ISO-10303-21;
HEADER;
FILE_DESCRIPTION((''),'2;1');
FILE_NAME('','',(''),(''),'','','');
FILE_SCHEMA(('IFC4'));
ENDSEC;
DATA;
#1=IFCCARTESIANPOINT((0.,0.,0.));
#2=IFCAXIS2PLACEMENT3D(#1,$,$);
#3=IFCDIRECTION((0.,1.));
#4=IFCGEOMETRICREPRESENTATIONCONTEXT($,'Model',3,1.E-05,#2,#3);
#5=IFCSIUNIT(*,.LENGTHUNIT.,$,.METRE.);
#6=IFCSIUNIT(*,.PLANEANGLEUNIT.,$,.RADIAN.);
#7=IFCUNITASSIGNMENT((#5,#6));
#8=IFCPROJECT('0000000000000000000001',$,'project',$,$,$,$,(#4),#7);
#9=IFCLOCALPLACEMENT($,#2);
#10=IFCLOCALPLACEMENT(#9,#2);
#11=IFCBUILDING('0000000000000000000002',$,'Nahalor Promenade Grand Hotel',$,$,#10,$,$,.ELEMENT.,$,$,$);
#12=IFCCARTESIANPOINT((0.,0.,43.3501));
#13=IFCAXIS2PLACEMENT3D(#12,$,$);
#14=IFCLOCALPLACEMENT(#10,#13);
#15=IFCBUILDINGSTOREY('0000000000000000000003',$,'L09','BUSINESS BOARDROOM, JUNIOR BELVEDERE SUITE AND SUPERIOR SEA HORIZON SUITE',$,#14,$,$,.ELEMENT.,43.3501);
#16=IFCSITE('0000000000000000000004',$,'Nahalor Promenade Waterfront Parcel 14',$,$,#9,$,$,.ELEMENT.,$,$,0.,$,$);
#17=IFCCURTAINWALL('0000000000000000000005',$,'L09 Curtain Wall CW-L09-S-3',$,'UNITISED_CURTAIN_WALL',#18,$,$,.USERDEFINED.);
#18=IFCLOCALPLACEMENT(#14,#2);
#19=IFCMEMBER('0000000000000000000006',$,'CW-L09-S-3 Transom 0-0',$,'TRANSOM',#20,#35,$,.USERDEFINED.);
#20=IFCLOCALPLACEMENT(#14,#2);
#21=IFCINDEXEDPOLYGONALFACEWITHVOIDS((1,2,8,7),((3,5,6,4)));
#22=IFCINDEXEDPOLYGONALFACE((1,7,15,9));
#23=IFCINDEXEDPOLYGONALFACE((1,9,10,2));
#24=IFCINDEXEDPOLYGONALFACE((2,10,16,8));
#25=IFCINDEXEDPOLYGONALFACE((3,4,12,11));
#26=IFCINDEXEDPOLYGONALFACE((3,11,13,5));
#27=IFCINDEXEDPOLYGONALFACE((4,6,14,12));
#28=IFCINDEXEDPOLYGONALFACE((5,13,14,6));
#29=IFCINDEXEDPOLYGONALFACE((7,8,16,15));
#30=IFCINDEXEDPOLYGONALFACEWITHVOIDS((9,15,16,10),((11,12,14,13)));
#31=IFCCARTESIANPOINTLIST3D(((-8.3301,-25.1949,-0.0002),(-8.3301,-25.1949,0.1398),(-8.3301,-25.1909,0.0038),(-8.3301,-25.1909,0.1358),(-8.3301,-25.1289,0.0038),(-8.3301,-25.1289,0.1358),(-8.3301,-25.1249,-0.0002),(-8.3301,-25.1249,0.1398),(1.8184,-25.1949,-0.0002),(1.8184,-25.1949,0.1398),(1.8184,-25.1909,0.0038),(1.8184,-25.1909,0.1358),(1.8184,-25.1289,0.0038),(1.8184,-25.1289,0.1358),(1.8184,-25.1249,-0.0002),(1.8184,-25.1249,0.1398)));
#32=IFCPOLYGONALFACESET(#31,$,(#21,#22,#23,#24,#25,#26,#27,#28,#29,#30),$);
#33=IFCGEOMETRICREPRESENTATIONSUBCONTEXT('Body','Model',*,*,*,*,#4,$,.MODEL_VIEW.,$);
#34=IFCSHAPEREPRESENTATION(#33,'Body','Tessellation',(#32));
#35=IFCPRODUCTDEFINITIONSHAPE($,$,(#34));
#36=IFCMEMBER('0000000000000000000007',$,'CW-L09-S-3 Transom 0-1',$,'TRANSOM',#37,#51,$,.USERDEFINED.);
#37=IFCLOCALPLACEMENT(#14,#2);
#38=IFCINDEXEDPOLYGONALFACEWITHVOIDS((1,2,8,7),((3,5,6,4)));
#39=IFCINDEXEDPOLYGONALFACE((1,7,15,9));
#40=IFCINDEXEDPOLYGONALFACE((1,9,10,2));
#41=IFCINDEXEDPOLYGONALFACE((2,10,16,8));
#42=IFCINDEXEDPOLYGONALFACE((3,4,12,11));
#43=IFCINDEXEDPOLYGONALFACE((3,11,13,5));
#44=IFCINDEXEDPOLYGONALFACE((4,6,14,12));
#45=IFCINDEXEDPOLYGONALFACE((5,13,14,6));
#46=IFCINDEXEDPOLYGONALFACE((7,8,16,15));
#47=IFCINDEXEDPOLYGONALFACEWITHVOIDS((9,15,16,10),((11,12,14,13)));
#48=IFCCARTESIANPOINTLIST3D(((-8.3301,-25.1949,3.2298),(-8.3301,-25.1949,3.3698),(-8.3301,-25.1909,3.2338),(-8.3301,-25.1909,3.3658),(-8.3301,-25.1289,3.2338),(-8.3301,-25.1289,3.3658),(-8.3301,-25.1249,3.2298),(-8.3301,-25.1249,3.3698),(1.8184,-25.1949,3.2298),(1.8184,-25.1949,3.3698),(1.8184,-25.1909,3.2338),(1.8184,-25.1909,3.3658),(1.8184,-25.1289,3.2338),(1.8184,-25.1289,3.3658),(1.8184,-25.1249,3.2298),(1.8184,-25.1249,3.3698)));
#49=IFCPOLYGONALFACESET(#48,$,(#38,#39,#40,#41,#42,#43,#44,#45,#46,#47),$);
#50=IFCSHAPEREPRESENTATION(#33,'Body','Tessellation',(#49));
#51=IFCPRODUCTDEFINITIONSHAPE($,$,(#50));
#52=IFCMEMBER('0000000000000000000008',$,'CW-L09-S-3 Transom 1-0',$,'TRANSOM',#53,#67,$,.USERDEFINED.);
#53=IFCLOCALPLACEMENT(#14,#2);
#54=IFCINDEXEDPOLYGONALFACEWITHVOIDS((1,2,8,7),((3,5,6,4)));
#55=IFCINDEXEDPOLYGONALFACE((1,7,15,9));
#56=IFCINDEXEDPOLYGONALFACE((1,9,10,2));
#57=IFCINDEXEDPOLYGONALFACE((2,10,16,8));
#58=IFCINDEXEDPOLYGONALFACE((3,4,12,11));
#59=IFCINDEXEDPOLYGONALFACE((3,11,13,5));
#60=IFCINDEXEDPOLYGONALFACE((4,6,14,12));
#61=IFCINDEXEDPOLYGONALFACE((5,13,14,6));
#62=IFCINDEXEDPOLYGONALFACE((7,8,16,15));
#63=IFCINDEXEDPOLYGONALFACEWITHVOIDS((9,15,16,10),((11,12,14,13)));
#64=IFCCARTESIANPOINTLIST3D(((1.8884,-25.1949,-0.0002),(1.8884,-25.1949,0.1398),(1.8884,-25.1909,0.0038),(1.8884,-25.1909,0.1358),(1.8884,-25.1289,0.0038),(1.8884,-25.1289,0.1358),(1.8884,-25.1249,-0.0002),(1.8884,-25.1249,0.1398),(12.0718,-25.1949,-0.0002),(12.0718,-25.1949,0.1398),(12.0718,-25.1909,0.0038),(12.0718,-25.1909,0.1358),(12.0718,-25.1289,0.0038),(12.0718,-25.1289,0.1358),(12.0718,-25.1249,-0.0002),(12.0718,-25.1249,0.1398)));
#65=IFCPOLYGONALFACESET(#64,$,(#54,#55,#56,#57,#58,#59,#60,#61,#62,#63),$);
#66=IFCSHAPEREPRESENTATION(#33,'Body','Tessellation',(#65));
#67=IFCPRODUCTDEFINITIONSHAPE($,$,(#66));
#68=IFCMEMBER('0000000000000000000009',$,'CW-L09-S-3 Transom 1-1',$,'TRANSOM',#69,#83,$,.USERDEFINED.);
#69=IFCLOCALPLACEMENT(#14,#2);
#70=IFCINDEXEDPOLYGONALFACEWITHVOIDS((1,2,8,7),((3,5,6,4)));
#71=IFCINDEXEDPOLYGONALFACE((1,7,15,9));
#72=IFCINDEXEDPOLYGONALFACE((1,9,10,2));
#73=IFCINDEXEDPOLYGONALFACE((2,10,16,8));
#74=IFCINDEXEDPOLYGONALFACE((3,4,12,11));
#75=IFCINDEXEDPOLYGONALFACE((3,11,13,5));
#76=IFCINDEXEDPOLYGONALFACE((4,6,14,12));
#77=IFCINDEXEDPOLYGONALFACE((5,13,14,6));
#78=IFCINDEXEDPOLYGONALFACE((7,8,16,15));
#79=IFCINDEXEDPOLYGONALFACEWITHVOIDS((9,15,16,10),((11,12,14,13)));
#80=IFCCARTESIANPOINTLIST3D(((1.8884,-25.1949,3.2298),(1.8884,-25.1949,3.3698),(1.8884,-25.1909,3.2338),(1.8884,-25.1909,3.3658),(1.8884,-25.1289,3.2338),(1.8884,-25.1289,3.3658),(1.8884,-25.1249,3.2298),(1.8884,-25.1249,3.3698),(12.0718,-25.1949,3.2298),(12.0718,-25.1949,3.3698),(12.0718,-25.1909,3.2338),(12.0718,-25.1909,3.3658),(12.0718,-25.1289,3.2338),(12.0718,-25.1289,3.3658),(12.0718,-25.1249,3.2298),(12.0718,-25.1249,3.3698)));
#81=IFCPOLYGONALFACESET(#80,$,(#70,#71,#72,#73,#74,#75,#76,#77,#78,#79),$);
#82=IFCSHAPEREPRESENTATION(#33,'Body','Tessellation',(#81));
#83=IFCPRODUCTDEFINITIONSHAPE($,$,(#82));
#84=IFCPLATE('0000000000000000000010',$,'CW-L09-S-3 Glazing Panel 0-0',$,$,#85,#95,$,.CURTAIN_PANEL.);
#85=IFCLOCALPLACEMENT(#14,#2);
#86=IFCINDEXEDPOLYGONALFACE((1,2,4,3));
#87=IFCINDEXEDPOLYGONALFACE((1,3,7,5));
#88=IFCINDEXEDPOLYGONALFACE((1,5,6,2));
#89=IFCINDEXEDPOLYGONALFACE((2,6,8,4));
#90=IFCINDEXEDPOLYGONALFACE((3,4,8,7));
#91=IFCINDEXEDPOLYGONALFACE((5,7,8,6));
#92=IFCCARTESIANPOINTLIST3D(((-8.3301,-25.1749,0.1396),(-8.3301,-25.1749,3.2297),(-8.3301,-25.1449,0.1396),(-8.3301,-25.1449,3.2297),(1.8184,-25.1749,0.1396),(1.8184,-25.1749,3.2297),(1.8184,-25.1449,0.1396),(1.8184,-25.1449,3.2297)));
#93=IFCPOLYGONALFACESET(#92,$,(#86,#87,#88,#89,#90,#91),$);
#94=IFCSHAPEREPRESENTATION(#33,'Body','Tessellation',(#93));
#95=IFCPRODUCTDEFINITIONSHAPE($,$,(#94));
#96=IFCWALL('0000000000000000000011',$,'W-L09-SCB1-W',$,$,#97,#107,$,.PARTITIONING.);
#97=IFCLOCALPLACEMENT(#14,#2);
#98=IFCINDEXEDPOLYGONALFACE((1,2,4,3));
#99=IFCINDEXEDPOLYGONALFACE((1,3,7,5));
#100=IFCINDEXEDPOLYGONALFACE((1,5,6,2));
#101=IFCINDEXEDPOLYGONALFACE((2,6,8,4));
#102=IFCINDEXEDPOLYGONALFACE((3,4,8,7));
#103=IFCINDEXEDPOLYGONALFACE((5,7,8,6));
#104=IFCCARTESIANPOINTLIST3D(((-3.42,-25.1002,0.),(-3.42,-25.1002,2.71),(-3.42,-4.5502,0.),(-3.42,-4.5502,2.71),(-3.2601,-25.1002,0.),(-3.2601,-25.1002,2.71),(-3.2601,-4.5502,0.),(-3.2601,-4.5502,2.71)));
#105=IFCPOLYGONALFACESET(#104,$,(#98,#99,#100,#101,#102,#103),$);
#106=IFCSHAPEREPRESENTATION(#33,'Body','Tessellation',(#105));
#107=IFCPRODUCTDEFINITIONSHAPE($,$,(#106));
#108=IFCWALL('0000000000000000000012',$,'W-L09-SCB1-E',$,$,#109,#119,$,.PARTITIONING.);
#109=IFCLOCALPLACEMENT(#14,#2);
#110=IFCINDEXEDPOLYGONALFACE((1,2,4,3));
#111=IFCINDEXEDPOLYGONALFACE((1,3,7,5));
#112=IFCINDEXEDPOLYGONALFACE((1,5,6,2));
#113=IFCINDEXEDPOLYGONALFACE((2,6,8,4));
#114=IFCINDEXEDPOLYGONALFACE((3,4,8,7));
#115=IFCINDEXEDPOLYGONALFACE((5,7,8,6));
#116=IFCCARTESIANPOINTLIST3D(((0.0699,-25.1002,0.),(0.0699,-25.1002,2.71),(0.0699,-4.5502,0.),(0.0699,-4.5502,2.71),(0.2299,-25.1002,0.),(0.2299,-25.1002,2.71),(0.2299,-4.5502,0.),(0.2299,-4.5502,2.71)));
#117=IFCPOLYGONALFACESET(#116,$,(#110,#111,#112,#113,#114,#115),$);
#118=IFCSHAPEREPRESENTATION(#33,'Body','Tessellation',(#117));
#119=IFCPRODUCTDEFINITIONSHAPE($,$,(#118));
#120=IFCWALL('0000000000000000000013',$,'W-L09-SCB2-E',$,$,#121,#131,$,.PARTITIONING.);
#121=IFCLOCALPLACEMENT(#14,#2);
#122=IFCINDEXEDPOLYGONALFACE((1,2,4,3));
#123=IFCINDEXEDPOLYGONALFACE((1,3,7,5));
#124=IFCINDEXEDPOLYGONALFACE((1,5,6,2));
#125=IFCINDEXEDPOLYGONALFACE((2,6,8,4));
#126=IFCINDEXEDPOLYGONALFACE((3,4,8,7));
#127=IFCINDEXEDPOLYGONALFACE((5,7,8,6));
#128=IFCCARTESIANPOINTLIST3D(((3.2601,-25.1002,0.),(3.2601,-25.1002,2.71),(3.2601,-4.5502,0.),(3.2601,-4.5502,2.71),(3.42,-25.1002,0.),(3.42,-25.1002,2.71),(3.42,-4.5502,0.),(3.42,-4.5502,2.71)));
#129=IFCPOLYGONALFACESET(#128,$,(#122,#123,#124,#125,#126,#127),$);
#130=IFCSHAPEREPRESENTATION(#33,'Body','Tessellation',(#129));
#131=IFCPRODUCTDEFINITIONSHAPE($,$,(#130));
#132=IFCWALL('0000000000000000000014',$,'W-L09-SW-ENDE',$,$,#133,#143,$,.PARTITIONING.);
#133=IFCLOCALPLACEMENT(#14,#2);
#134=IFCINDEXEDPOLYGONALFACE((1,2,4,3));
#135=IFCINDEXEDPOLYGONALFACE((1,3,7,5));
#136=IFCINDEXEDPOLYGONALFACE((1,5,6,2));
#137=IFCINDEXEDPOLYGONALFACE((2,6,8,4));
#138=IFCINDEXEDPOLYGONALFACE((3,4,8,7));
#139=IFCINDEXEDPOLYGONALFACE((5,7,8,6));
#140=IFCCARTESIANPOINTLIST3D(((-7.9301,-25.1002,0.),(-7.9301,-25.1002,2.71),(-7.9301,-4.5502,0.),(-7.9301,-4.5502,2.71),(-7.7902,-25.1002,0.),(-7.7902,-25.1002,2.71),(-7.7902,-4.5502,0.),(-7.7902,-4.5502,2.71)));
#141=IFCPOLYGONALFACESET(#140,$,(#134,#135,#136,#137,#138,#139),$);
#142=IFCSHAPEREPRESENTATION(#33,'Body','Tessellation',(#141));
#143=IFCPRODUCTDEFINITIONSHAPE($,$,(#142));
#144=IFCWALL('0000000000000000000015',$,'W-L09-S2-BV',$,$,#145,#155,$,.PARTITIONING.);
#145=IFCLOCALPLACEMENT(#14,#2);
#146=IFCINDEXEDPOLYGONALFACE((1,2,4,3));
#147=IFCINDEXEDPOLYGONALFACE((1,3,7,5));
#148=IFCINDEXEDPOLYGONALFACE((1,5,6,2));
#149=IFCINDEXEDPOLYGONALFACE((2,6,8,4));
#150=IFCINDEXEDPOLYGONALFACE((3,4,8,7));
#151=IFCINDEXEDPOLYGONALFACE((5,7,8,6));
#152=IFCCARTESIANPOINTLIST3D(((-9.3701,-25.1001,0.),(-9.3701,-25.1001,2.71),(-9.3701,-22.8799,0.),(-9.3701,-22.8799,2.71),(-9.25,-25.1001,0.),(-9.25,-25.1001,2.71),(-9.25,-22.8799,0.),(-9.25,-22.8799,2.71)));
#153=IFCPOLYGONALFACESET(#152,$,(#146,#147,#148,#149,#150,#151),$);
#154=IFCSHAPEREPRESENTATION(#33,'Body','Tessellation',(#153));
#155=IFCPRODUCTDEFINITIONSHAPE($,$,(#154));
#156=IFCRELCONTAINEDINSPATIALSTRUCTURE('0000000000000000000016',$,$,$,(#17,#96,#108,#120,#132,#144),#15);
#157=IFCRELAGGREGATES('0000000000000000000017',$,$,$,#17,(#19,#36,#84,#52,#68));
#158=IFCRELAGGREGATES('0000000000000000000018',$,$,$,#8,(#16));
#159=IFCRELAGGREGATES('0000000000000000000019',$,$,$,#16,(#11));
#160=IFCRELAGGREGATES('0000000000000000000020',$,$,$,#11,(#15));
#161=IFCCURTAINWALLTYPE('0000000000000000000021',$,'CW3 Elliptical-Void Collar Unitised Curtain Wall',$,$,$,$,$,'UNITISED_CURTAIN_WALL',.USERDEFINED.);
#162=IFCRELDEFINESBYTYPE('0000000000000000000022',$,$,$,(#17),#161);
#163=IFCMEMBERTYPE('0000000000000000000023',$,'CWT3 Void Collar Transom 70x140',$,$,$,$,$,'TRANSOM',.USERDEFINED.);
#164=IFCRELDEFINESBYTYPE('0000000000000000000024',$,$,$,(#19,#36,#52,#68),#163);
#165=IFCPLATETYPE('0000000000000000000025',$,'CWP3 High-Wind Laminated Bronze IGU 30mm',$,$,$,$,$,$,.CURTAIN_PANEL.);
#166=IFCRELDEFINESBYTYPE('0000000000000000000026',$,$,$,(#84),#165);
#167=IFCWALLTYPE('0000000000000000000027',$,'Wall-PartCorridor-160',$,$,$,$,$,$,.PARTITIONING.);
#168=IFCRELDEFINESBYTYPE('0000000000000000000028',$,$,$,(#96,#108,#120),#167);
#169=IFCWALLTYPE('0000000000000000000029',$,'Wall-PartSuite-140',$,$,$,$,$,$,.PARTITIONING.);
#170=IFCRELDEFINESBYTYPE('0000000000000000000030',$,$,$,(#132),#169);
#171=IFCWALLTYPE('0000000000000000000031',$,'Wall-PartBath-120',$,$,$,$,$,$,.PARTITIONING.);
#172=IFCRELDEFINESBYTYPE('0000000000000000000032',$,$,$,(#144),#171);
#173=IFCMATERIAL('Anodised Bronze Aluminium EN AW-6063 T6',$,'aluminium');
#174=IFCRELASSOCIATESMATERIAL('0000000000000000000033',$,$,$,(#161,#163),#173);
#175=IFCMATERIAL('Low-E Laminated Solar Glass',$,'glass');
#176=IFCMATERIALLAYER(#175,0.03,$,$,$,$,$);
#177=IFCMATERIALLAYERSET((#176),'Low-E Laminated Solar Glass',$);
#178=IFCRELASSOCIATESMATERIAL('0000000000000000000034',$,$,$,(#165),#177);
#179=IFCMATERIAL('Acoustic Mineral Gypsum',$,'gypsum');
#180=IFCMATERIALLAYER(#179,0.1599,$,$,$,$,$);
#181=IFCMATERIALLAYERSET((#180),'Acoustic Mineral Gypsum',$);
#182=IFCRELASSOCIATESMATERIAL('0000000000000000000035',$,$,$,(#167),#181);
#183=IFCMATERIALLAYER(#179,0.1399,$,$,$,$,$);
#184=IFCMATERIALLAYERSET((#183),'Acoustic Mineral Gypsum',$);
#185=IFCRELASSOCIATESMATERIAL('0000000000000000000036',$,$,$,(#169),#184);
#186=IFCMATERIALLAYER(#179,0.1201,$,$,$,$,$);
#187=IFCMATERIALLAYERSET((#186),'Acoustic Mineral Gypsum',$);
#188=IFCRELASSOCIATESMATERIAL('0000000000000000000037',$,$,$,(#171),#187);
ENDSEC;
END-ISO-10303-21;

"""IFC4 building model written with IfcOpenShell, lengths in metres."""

from ifc_helpers import new_model, si_unit, direction, frame, frame_2d, origin, origin_2d, place, context, subcontext, project, spatial, rectangle, hollow_rectangle, extrude, source, transform, mapped, material, layer, layer_set, material_profile, profile_set, type_object, element, aggregate, save


model = new_model("IFC4")

# Units and contexts
model_context = context("Model", 3, precision=1e-05, world=origin(), true_north=direction((0.0, 1.0)))
body_context = subcontext(model_context, "Body", "Model", "MODEL_VIEW")
ifc_project = project(units=[si_unit("LENGTHUNIT", "METRE"), si_unit("PLANEANGLEUNIT", "RADIAN")], contexts=[model_context])

# Site, building, storey
site_placement = place(None, origin())
site = spatial("IfcSite", under=ifc_project, at=site_placement, Name="Nahalor Promenade Waterfront Parcel 14", CompositionType="ELEMENT", RefElevation=0.0)
building_placement = place(site_placement, origin())
building = spatial("IfcBuilding", under=site, at=building_placement, Name="Nahalor Promenade Grand Hotel", CompositionType="ELEMENT")
storey_placement = place(building_placement, frame((0.0, 0.0, 43.3501)))
storey = spatial("IfcBuildingStorey", under=building, at=storey_placement, Name="L09", Description="BUSINESS BOARDROOM, JUNIOR BELVEDERE SUITE AND SUPERIOR SEA HORIZON SUITE", CompositionType="ELEMENT", Elevation=43.3501)

# Curtain wall, members, plate
ifc_material_1 = material(Name="Anodised Bronze Aluminium EN AW-6063 T6", Category="aluminium")
curtain_wall_type = type_object("IfcCurtainWallType", Name="CW3 Elliptical-Void Collar Unitised Curtain Wall", ElementType="UNITISED_CURTAIN_WALL", PredefinedType="USERDEFINED", material=ifc_material_1)
curtain_wall_placement = place(storey_placement, origin())
curtain_wall = element("IfcCurtainWall", 1, at=curtain_wall_placement, inside=storey, type_object=curtain_wall_type, Name="L09 Curtain Wall CW-L09-S-3", ObjectType="UNITISED_CURTAIN_WALL", PredefinedType="USERDEFINED")
ifc_material_profile_1 = material_profile(ifc_material_1, hollow_rectangle(XDim=0.07, YDim=0.14, WallThickness=0.004, at=origin_2d()), Name="CWT 70x140x4")
ifc_profile_set_1 = profile_set([ifc_material_profile_1], Name="Anodised Bronze Aluminium EN AW-6063 T6")
member_type_1 = type_object("IfcMemberType", Name="CWT3 Void Collar Transom 70x140", ElementType="TRANSOM", PredefinedType="USERDEFINED", material=ifc_profile_set_1)
shared_shape_1 = source(origin(), body_context, "Body", "SweptSolid", [
    extrude(hollow_rectangle(XDim=0.07, YDim=0.14, WallThickness=0.004, at=origin_2d()), origin(), (0.0, 0.0, 1.0), 10.1484),
])
member_1_placement = place(storey_placement, frame((-8.3301, -25.1599, 0.0698), z_axis=(1.0, 0.0, 0.0), x_axis=(0.0, 1.0, 0.0)))
member_1 = element("IfcMember", 2, at=member_1_placement, type_object=member_type_1, Name="CW-L09-S-3 Transom 0-0", ObjectType="TRANSOM", PredefinedType="USERDEFINED", context=body_context, shape_type="MappedRepresentation", body=[
    mapped(shared_shape_1, transform((0.0, 0.0, 0.0), scale=1.0)),
])
member_2_placement = place(storey_placement, frame((-8.3301, -25.1599, 3.2998), z_axis=(1.0, 0.0, 0.0), x_axis=(0.0, 1.0, 0.0)))
member_2 = element("IfcMember", 3, at=member_2_placement, type_object=member_type_1, Name="CW-L09-S-3 Transom 0-1", ObjectType="TRANSOM", PredefinedType="USERDEFINED", context=body_context, shape_type="MappedRepresentation", body=[
    mapped(shared_shape_1, transform((0.0, 0.0, 0.0), scale=1.0)),
])
shared_shape_2 = source(origin(), body_context, "Body", "SweptSolid", [
    extrude(hollow_rectangle(XDim=0.07, YDim=0.14, WallThickness=0.004, at=origin_2d()), origin(), (0.0, 0.0, 1.0), 10.1833),
])
member_3_placement = place(storey_placement, frame((1.8884, -25.1599, 0.0698), z_axis=(1.0, 0.0, 0.0), x_axis=(0.0, 1.0, 0.0)))
member_3 = element("IfcMember", 4, at=member_3_placement, type_object=member_type_1, Name="CW-L09-S-3 Transom 1-0", ObjectType="TRANSOM", PredefinedType="USERDEFINED", context=body_context, shape_type="MappedRepresentation", body=[
    mapped(shared_shape_2, transform((0.0, 0.0, 0.0), scale=1.0)),
])
member_4_placement = place(storey_placement, frame((1.8884, -25.1599, 3.2998), z_axis=(1.0, 0.0, 0.0), x_axis=(0.0, 1.0, 0.0)))
member_4 = element("IfcMember", 5, at=member_4_placement, type_object=member_type_1, Name="CW-L09-S-3 Transom 1-1", ObjectType="TRANSOM", PredefinedType="USERDEFINED", context=body_context, shape_type="MappedRepresentation", body=[
    mapped(shared_shape_2, transform((0.0, 0.0, 0.0), scale=1.0)),
])
ifc_material_2 = material(Name="Low-E Laminated Solar Glass", Category="glass")
ifc_layer_1 = layer(ifc_material_2, 0.03)
ifc_layer_set_1 = layer_set([ifc_layer_1], Name="Low-E Laminated Solar Glass")
plate_type = type_object("IfcPlateType", Name="CWP3 High-Wind Laminated Bronze IGU 30mm", PredefinedType="CURTAIN_PANEL", material=ifc_layer_set_1)
shared_shape_3 = source(origin(), body_context, "Body", "SweptSolid", [
    extrude(rectangle(XDim=10.1484, YDim=0.03, at=origin_2d()), origin(), (0.0, 0.0, 1.0), 3.0901),
])
plate_placement = place(storey_placement, frame((-3.2559, -25.1599, 0.1396), z_axis=(0.0, 0.0, 1.0), x_axis=(1.0, 0.0, 0.0)))
plate = element("IfcPlate", 6, at=plate_placement, type_object=plate_type, Name="CW-L09-S-3 Glazing Panel 0-0", PredefinedType="CURTAIN_PANEL", context=body_context, shape_type="MappedRepresentation", body=[
    mapped(shared_shape_3, transform((0.0, 0.0, 0.0), scale=1.0)),
])
aggregate(curtain_wall, [member_1, member_2, plate, member_3, member_4])

# Walls
ifc_material_3 = material(Name="Acoustic Mineral Gypsum", Category="gypsum")
ifc_layer_2 = layer(ifc_material_3, 0.1599)
ifc_layer_set_2 = layer_set([ifc_layer_2], Name="Acoustic Mineral Gypsum")
wall_type_1 = type_object("IfcWallType", Name="Wall-PartCorridor-160", PredefinedType="PARTITIONING", material=ifc_layer_set_2)
shared_shape_4 = source(origin(), body_context, "Body", "SweptSolid", [
    extrude(rectangle(XDim=20.55, YDim=0.1599, at=frame_2d((10.2749, 0.0))), origin(), (0.0, 0.0, 1.0), 2.71),
])
for number, where, z_axis, x_axis, name in (
    (7, (-3.3401, -25.1001, 0.0), (0.0, 0.0, 1.0), (0.0, 1.0, 0.0), "W-L09-SCB1-W"),
    (8, (0.1499, -25.1001, 0.0), (0.0, 0.0, 1.0), (0.0, 1.0, 0.0), "W-L09-SCB1-E"),
    (9, (3.3401, -25.1001, 0.0), (0.0, 0.0, 1.0), (0.0, 1.0, 0.0), "W-L09-SCB2-E"),
):
    element("IfcWall", number, at=place(storey_placement, frame(where, z_axis=z_axis, x_axis=x_axis)), inside=storey, type_object=wall_type_1, Name=name, PredefinedType="PARTITIONING", context=body_context, shape_type="MappedRepresentation", body=[
        mapped(shared_shape_4, transform((0.0, 0.0, 0.0), scale=1.0)),
    ])
ifc_layer_3 = layer(ifc_material_3, 0.1399)
ifc_layer_set_3 = layer_set([ifc_layer_3], Name="Acoustic Mineral Gypsum")
wall_type_2 = type_object("IfcWallType", Name="Wall-PartSuite-140", PredefinedType="PARTITIONING", material=ifc_layer_set_3)
shared_shape_5 = source(origin(), body_context, "Body", "SweptSolid", [
    extrude(rectangle(XDim=20.55, YDim=0.1399, at=frame_2d((10.2749, 0.0))), origin(), (0.0, 0.0, 1.0), 2.71),
])
wall_1_placement = place(storey_placement, frame((-7.8601, -25.1001, 0.0), z_axis=(0.0, 0.0, 1.0), x_axis=(0.0, 1.0, 0.0)))
element("IfcWall", 10, at=wall_1_placement, inside=storey, type_object=wall_type_2, Name="W-L09-SW-ENDE", PredefinedType="PARTITIONING", context=body_context, shape_type="MappedRepresentation", body=[
    mapped(shared_shape_5, transform((0.0, 0.0, 0.0), scale=1.0)),
])
ifc_layer_4 = layer(ifc_material_3, 0.1201)
ifc_layer_set_4 = layer_set([ifc_layer_4], Name="Acoustic Mineral Gypsum")
wall_type_3 = type_object("IfcWallType", Name="Wall-PartBath-120", PredefinedType="PARTITIONING", material=ifc_layer_set_4)
shared_shape_6 = source(origin(), body_context, "Body", "SweptSolid", [
    extrude(rectangle(XDim=2.2202, YDim=0.1201, at=frame_2d((1.1101, 0.0))), origin(), (0.0, 0.0, 1.0), 2.71),
])
wall_2_placement = place(storey_placement, frame((-9.3101, -25.1001, 0.0), z_axis=(0.0, 0.0, 1.0), x_axis=(0.0, 1.0, 0.0)))
element("IfcWall", 11, at=wall_2_placement, inside=storey, type_object=wall_type_3, Name="W-L09-S2-BV", PredefinedType="PARTITIONING", context=body_context, shape_type="MappedRepresentation", body=[
    mapped(shared_shape_6, transform((0.0, 0.0, 0.0), scale=1.0)),
])

save(model, "model.ifc")
